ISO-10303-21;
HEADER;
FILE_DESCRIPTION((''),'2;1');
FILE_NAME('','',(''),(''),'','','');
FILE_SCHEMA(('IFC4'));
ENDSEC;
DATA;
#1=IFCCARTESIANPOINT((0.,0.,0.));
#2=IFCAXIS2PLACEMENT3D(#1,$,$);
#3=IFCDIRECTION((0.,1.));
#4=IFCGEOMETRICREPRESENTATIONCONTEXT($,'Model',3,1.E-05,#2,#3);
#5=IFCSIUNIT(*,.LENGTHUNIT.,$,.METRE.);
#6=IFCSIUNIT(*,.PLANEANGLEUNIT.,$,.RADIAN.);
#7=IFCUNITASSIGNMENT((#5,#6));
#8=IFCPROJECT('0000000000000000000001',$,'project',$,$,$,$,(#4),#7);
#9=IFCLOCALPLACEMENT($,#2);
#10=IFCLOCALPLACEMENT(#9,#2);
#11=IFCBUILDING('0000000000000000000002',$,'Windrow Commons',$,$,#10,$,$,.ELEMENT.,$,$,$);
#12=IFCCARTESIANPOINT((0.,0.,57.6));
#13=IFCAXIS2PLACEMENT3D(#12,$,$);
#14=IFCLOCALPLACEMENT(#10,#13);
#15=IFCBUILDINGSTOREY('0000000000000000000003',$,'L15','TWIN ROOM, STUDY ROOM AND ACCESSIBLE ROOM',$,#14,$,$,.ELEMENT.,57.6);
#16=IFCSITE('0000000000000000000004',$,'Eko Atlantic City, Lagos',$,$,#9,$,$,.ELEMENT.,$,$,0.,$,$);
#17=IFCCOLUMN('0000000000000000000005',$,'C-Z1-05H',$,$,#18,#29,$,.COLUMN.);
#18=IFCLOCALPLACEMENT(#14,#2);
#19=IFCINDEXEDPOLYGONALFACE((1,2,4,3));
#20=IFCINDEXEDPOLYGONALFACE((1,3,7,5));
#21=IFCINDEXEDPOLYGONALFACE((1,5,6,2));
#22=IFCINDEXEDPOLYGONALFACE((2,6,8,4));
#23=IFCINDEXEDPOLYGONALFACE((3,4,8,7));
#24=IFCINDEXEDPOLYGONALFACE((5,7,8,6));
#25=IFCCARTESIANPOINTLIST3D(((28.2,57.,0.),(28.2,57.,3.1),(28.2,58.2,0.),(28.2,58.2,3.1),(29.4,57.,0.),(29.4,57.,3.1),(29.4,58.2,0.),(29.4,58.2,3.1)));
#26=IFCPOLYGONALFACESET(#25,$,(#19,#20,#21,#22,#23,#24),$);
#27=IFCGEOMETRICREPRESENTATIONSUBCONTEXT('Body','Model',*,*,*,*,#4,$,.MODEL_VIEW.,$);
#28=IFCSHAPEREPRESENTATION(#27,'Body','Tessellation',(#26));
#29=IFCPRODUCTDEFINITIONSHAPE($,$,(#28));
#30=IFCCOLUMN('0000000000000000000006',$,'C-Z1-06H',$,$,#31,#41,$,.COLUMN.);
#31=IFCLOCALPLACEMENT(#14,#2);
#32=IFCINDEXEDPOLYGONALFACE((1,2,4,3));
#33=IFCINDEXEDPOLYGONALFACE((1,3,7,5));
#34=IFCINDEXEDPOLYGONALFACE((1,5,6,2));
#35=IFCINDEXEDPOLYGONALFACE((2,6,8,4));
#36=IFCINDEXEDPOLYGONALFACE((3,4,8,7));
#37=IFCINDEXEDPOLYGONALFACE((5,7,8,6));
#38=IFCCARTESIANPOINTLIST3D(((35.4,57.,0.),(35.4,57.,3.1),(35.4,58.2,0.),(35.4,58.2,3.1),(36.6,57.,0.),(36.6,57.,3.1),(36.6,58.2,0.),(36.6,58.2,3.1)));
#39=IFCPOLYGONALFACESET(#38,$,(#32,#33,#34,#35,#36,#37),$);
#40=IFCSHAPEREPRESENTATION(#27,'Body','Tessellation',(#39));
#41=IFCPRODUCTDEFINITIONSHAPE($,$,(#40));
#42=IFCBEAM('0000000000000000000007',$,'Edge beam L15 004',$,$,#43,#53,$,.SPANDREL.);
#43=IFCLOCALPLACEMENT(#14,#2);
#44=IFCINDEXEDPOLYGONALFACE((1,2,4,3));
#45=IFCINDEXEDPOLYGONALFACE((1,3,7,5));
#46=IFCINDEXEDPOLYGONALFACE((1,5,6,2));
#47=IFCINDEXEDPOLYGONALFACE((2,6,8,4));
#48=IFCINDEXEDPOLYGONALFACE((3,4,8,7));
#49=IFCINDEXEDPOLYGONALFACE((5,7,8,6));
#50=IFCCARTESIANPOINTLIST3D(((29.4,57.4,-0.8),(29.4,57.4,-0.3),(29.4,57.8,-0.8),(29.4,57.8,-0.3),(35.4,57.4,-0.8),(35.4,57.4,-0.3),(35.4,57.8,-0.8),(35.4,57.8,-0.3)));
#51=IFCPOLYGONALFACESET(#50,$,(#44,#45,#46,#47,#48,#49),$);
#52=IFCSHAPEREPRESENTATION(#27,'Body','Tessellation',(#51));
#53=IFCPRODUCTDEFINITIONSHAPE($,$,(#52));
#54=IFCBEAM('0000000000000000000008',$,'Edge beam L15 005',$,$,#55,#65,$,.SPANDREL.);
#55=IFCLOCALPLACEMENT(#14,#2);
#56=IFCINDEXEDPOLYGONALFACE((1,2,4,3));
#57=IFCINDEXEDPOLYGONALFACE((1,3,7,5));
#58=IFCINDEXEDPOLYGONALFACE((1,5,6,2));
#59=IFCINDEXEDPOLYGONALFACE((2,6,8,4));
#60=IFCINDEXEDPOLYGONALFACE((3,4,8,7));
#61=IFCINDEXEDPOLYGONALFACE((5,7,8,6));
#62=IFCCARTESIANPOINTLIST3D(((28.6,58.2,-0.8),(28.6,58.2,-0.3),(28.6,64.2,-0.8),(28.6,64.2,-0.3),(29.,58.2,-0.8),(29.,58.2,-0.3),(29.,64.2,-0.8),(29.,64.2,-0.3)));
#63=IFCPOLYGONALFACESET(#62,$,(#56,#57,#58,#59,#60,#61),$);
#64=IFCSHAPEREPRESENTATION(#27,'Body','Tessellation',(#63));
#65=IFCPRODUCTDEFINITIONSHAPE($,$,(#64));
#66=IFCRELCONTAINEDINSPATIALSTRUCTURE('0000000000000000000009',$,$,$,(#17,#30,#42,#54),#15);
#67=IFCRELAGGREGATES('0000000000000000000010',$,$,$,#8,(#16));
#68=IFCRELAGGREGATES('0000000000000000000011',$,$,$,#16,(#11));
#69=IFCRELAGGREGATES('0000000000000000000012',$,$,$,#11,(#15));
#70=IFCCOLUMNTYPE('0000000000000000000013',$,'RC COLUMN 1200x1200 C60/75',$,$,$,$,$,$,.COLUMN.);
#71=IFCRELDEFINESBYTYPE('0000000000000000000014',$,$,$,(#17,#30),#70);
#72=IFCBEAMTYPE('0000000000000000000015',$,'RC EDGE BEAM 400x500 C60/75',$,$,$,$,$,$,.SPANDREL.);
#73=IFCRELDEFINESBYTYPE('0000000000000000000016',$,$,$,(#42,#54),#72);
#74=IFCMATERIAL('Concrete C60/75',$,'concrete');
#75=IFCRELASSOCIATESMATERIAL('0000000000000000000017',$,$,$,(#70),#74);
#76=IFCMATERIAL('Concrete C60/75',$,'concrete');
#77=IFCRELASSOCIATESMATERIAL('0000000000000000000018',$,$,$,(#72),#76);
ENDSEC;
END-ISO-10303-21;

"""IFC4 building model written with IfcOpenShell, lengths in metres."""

from ifc_helpers import new_model, si_unit, direction, frame, origin, origin_2d, place, context, subcontext, project, spatial, rectangle, extrude, material, material_profile, profile_set, type_object, element, save


model = new_model("IFC4")

# Units and contexts
model_context = context("Model", 3, precision=1e-05, world=origin(), true_north=direction((0.0, 1.0)))
body_context = subcontext(model_context, "Body", "Model", "MODEL_VIEW")
ifc_project = project(units=[si_unit("LENGTHUNIT", "METRE"), si_unit("PLANEANGLEUNIT", "RADIAN")], contexts=[model_context])

# Site, building, storey
site_placement = place(None, origin())
site = spatial("IfcSite", under=ifc_project, at=site_placement, Name="Eko Atlantic City, Lagos", CompositionType="ELEMENT", RefElevation=0.0)
building_placement = place(site_placement, origin())
building = spatial("IfcBuilding", under=site, at=building_placement, Name="Windrow Commons", CompositionType="ELEMENT")
storey_placement = place(building_placement, frame((0.0, 0.0, 57.6)))
storey = spatial("IfcBuildingStorey", under=building, at=storey_placement, Name="L15", Description="TWIN ROOM, STUDY ROOM AND ACCESSIBLE ROOM", CompositionType="ELEMENT", Elevation=57.6)

# Columns
ifc_material_1 = material(Name="Concrete C60/75", Category="concrete")
ifc_material_profile_1 = material_profile(ifc_material_1, rectangle(XDim=1.2, YDim=1.2, at=origin_2d()))
ifc_profile_set_1 = profile_set([ifc_material_profile_1], Name="Concrete C60/75")
column_type = type_object("IfcColumnType", Name="RC COLUMN 1200x1200 C60/75", PredefinedType="COLUMN", material=ifc_profile_set_1)
for number, where, z_axis, x_axis, name in (
    (1, (28.8, 57.6, 0.0), (0.0, 0.0, 1.0), (1.0, 0.0, 0.0), "C-Z1-05H"),
    (2, (36.0, 57.6, 0.0), (0.0, 0.0, 1.0), (1.0, 0.0, 0.0), "C-Z1-06H"),
):
    element("IfcColumn", number, at=place(storey_placement, frame(where, z_axis=z_axis, x_axis=x_axis)), inside=storey, type_object=column_type, Name=name, PredefinedType="COLUMN", context=body_context, shape_type="SweptSolid", body=[
        extrude(rectangle(XDim=1.2, YDim=1.2, at=origin_2d()), origin(), (0.0, 0.0, 1.0), 3.1),
    ])

# Beams
ifc_material_2 = material(Name="Concrete C60/75", Category="concrete")
ifc_material_profile_2 = material_profile(ifc_material_2, rectangle(XDim=0.4, YDim=0.5, at=origin_2d()))
ifc_profile_set_2 = profile_set([ifc_material_profile_2], Name="Concrete C60/75")
beam_type = type_object("IfcBeamType", Name="RC EDGE BEAM 400x500 C60/75", PredefinedType="SPANDREL", material=ifc_profile_set_2)
for number, where, z_axis, x_axis, name in (
    (3, (35.4, 57.6, -0.55), (-1.0, 0.0, 0.0), (0.0, -1.0, 0.0), "Edge beam L15 004"),
    (4, (28.8, 58.2, -0.55), (0.0, 1.0, 0.0), (-1.0, 0.0, 0.0), "Edge beam L15 005"),
):
    element("IfcBeam", number, at=place(storey_placement, frame(where, z_axis=z_axis, x_axis=x_axis)), inside=storey, type_object=beam_type, Name=name, PredefinedType="SPANDREL", context=body_context, shape_type="SweptSolid", body=[
        extrude(rectangle(XDim=0.4, YDim=0.5, at=origin_2d()), origin(), (0.0, 0.0, 1.0), 6.0),
    ])

save(model, "model.ifc")
